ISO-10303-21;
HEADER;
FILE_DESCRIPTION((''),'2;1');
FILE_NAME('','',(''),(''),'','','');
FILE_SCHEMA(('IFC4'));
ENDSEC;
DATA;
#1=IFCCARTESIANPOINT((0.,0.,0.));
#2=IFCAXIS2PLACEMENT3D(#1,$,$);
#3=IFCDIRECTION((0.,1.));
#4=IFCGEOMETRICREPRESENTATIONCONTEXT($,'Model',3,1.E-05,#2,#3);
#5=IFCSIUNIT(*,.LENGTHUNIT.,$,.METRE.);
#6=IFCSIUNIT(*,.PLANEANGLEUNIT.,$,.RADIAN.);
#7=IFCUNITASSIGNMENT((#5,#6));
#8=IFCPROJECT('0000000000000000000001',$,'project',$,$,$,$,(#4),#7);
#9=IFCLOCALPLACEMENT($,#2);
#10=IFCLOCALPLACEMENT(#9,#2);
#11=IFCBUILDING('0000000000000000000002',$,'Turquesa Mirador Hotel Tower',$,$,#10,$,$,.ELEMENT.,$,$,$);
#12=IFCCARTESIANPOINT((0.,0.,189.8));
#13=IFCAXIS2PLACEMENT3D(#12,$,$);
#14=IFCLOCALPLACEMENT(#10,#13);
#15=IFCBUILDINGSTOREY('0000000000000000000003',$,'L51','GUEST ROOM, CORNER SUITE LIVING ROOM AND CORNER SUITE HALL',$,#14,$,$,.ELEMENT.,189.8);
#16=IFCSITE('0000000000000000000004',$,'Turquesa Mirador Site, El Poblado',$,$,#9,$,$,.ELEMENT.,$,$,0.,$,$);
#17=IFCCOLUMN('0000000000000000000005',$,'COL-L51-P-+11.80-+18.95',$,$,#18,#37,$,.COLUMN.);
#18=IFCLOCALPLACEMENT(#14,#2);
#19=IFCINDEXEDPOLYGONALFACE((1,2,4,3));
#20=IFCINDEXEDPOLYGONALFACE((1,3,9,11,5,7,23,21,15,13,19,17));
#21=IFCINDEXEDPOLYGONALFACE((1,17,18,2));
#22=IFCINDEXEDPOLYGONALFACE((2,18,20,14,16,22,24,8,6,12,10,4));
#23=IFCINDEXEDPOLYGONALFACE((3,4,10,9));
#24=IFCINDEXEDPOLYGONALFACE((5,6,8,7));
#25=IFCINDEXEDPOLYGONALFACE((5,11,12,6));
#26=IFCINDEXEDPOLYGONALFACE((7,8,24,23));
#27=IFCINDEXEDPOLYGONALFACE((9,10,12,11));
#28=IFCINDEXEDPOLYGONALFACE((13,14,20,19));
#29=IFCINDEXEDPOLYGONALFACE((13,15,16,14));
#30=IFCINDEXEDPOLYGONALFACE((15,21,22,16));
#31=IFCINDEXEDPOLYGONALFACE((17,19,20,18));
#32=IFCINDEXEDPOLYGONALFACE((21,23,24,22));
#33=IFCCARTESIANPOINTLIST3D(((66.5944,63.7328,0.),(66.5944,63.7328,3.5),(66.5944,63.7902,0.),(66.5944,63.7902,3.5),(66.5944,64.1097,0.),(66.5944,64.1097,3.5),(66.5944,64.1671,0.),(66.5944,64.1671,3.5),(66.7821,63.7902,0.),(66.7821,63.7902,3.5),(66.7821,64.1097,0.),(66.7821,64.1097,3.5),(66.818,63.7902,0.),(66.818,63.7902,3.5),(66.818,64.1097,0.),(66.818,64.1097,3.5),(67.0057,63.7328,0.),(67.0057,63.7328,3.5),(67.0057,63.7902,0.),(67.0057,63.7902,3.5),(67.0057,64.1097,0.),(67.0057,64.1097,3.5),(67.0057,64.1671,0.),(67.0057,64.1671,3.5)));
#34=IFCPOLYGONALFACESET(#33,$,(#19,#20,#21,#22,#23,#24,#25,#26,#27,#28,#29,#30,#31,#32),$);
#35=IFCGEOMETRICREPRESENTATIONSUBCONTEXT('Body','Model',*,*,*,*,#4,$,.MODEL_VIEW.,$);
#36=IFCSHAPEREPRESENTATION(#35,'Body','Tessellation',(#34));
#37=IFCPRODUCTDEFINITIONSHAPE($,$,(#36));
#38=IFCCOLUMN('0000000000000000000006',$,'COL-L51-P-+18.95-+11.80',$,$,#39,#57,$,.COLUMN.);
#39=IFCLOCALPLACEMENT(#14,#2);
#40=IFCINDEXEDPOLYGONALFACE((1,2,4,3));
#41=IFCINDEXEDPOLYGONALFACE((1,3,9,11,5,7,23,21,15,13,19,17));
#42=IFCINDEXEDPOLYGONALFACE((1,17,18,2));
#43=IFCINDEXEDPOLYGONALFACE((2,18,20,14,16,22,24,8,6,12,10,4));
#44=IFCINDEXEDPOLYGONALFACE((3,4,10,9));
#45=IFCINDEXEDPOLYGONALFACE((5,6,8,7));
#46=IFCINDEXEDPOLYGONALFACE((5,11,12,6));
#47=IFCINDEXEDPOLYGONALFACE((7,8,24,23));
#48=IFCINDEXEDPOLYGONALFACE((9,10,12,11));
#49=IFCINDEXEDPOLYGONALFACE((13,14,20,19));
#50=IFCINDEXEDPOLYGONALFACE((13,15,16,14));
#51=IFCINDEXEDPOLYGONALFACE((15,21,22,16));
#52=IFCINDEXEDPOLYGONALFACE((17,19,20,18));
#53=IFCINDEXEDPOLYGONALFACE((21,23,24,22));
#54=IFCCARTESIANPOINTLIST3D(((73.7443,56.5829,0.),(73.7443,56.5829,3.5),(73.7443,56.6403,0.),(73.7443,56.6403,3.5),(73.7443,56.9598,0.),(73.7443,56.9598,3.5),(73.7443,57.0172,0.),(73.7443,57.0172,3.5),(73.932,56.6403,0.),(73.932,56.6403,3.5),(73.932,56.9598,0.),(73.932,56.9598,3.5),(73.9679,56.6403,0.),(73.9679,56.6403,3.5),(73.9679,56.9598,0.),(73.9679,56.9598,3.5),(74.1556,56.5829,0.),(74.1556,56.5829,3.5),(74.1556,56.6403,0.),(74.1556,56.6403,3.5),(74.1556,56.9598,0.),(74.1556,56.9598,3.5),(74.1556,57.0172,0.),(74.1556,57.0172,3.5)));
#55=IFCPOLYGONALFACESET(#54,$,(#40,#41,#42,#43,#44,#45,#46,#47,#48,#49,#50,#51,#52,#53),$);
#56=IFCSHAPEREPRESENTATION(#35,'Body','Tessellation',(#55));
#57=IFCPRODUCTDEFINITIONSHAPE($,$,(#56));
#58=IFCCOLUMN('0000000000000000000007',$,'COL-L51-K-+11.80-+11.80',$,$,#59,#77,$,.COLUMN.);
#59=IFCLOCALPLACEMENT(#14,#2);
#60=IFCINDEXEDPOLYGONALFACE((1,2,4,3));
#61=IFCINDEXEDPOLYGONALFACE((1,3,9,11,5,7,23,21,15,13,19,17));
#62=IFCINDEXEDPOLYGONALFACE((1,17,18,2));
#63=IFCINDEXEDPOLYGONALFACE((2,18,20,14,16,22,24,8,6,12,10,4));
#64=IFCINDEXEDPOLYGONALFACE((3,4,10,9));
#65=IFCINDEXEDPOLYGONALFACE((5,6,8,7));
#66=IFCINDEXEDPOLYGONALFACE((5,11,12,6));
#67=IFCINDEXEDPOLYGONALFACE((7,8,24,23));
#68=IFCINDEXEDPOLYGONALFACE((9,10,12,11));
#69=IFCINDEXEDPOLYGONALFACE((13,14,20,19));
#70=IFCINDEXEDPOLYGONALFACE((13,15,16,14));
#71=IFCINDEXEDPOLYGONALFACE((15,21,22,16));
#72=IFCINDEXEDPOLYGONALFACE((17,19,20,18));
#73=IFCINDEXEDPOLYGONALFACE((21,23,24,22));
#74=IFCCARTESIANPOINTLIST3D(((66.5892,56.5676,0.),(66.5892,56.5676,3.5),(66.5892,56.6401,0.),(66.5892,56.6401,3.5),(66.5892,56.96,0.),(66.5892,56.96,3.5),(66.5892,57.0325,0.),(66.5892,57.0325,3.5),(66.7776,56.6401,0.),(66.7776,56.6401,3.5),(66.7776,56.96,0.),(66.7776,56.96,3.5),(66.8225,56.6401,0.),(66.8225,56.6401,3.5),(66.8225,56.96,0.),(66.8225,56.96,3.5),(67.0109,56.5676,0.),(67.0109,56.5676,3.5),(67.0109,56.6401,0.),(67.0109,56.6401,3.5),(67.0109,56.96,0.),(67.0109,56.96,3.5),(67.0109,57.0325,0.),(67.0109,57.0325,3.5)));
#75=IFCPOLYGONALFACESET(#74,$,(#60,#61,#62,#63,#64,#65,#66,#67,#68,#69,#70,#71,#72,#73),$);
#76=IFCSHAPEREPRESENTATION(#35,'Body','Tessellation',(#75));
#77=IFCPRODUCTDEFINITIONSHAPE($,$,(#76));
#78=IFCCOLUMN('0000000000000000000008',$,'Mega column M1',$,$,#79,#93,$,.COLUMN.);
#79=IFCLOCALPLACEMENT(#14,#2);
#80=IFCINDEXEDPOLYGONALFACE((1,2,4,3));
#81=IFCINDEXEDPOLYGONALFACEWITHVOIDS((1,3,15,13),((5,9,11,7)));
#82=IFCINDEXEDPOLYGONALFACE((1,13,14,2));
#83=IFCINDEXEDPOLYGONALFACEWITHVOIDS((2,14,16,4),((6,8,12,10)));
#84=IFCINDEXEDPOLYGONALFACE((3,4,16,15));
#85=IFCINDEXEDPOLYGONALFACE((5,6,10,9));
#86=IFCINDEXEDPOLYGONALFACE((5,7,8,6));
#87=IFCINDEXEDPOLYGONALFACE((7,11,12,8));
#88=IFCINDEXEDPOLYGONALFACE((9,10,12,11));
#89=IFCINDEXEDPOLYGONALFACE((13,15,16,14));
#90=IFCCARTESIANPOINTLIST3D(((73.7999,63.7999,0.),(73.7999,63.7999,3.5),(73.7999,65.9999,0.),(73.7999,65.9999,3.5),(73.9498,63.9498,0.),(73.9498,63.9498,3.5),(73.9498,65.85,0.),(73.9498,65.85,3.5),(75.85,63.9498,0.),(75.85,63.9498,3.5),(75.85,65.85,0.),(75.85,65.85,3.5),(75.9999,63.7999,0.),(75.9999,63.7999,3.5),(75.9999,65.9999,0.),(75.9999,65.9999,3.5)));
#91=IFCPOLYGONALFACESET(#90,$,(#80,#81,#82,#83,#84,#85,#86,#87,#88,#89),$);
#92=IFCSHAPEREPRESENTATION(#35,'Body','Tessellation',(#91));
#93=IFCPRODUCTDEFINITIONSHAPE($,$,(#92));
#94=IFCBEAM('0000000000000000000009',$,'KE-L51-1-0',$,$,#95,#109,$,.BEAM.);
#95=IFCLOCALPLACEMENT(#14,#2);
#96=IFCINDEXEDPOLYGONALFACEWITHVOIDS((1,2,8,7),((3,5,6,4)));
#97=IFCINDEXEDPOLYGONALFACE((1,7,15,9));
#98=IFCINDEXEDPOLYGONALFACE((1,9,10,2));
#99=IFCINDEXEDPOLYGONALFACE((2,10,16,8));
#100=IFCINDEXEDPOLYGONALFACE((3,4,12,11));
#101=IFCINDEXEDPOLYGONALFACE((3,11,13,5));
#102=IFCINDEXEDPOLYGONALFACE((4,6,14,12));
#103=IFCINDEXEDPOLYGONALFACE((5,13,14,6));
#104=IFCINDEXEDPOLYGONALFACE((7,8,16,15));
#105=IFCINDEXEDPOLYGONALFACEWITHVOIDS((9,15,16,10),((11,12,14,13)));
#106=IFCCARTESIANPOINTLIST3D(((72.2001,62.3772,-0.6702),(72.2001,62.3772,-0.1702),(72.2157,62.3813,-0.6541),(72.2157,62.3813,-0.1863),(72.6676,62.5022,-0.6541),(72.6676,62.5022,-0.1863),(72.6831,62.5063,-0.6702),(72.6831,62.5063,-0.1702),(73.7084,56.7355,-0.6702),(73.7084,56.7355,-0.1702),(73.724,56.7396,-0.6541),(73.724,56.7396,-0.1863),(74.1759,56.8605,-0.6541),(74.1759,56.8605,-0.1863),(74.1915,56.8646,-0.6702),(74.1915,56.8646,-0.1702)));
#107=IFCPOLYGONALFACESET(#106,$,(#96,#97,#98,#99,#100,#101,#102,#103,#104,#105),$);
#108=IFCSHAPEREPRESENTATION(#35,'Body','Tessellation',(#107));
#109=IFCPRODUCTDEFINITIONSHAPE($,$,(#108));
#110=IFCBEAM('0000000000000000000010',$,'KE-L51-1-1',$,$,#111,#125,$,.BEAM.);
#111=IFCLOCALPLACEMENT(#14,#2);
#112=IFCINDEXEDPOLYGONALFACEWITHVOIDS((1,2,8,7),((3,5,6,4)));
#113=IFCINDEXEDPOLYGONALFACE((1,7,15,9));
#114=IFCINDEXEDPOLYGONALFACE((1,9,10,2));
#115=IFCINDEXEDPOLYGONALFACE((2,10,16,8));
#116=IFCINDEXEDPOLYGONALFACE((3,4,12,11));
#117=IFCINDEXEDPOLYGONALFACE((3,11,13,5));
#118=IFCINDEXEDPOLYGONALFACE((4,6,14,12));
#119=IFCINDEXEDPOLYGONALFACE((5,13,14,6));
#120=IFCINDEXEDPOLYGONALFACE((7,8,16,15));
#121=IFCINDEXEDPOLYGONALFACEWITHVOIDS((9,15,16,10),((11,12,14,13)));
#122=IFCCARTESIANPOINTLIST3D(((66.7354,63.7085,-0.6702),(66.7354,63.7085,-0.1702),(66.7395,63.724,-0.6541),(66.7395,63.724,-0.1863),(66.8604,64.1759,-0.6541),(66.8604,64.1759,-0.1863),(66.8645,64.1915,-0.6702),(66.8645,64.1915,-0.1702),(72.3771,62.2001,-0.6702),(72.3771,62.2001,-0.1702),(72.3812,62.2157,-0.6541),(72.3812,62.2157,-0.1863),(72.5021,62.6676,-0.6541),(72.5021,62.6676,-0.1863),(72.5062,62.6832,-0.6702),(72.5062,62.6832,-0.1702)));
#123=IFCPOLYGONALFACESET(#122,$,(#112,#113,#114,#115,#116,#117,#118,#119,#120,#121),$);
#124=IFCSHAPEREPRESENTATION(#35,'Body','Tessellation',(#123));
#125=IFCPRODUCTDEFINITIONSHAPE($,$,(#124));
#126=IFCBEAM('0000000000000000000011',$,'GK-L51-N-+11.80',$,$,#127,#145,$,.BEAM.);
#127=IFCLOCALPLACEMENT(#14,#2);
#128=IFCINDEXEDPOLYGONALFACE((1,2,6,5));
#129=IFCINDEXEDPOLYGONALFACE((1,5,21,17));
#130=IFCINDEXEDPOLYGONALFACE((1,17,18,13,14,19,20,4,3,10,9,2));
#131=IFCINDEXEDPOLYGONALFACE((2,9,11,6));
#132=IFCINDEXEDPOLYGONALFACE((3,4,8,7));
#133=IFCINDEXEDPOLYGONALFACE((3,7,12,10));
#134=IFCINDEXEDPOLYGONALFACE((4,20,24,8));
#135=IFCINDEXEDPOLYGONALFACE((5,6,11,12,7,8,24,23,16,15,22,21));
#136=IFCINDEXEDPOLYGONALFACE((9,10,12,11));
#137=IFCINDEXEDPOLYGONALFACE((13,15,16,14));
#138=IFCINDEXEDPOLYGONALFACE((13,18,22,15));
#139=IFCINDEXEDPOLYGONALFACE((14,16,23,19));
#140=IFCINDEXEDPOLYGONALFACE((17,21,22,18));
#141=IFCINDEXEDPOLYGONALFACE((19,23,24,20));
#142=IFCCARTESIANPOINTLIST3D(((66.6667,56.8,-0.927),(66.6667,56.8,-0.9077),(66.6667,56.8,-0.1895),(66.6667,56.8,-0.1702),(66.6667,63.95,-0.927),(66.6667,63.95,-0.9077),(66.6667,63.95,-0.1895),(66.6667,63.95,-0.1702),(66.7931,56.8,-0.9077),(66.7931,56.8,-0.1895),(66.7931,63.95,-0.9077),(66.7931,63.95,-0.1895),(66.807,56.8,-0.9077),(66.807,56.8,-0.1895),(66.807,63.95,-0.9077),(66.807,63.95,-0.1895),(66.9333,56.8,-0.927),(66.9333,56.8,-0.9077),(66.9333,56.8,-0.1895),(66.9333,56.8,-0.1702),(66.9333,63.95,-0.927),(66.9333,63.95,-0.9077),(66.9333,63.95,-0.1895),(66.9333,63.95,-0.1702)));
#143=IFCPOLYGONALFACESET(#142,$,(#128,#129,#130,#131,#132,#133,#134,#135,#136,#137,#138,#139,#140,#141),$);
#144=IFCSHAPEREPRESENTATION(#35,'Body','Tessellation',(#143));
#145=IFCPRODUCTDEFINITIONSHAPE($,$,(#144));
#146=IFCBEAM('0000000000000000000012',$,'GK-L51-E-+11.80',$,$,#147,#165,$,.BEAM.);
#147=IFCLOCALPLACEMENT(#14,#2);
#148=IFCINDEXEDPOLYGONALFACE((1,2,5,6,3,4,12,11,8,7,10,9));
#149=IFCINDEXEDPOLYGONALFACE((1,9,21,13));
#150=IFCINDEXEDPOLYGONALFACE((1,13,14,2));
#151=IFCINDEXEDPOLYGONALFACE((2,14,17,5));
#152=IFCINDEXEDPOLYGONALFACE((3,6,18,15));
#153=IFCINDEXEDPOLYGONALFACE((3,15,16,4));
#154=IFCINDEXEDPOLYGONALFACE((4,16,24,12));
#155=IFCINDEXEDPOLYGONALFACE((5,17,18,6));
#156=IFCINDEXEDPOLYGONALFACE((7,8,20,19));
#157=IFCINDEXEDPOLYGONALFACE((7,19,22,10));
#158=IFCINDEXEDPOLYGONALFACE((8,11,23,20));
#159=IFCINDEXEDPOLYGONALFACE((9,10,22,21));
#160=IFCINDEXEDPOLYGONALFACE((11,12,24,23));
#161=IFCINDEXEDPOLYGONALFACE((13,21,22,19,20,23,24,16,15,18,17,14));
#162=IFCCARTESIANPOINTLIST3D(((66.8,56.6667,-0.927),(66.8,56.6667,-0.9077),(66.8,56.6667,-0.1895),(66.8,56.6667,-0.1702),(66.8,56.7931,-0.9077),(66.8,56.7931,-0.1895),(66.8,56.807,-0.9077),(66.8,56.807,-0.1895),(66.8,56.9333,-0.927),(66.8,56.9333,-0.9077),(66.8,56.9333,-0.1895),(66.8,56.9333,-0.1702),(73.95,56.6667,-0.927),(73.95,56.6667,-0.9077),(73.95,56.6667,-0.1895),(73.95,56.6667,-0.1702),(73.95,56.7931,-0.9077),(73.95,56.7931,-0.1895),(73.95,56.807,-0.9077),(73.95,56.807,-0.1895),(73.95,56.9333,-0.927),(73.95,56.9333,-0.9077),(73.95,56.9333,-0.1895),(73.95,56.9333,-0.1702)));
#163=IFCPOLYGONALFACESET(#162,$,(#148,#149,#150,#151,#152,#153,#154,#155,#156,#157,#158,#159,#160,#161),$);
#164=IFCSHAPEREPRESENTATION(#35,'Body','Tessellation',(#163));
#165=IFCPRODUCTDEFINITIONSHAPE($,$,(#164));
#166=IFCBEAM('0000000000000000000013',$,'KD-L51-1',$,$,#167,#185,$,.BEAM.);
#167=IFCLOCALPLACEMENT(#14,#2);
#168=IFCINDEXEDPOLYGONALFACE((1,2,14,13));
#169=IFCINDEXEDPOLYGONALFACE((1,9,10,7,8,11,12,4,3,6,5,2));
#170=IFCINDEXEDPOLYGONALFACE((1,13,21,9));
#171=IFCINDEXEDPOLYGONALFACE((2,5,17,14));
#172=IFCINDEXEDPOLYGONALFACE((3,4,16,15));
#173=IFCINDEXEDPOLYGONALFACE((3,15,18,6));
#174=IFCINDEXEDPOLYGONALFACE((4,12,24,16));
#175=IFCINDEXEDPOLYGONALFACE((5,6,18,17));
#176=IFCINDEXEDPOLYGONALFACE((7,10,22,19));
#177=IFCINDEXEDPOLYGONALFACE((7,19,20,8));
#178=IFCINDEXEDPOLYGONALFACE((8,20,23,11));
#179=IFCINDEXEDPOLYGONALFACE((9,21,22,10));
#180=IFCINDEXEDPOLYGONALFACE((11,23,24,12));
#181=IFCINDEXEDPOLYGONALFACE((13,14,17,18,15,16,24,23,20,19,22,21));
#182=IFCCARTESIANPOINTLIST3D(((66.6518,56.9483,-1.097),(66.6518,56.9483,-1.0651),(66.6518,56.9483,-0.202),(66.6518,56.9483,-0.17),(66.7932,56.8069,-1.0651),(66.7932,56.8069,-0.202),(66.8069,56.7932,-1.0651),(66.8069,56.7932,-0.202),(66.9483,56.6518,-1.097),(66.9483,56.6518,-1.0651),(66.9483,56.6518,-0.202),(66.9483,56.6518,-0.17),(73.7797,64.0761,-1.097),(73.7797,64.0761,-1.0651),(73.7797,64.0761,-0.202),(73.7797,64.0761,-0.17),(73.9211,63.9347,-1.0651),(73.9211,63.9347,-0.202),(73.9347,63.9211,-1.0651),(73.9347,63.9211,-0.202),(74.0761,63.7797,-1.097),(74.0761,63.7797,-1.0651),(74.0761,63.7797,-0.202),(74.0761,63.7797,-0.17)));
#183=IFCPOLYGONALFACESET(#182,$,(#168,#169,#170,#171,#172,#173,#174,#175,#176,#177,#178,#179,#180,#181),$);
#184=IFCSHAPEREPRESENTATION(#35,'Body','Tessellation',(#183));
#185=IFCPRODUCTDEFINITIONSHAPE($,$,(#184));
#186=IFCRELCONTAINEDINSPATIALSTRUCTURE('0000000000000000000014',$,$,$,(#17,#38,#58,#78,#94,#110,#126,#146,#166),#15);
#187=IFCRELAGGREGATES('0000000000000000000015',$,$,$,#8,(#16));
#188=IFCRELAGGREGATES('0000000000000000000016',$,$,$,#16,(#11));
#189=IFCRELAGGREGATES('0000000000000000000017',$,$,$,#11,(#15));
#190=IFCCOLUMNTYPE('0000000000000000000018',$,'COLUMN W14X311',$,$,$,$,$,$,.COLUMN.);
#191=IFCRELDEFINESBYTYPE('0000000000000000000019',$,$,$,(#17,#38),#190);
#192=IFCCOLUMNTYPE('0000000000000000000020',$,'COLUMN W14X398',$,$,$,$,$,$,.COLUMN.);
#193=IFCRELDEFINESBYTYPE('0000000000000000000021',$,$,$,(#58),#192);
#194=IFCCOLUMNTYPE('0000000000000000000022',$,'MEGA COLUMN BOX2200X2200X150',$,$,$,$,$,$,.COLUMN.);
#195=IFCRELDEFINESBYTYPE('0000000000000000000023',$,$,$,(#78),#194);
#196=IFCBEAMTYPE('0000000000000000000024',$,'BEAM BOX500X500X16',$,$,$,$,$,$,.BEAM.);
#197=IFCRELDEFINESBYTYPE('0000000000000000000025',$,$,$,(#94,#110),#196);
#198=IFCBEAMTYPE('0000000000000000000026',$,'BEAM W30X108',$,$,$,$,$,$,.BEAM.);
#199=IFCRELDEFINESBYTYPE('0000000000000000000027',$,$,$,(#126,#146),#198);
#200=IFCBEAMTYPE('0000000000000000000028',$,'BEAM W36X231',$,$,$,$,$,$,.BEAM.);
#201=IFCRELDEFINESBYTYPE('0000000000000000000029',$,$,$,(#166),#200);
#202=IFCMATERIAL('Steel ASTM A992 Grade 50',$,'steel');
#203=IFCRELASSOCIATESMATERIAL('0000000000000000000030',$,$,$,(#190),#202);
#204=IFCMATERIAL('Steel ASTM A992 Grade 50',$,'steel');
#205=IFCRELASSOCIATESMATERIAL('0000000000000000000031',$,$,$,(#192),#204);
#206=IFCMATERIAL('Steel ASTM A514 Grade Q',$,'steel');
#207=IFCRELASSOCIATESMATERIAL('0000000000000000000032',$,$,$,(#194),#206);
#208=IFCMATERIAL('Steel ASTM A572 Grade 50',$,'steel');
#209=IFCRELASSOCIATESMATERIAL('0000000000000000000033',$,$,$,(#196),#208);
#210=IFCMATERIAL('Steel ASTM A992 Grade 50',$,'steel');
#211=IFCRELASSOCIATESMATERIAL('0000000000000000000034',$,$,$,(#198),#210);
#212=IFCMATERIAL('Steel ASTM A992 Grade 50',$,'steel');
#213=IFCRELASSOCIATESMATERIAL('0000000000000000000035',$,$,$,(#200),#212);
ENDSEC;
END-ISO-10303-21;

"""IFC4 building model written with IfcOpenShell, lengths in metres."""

from ifc_helpers import new_model, si_unit, direction, frame, origin, origin_2d, place, context, subcontext, project, spatial, hollow_rectangle, i_section, extrude, material, material_profile, profile_set, type_object, element, save


model = new_model("IFC4")

# Units and contexts
model_context = context("Model", 3, precision=1e-05, world=origin(), true_north=direction((0.0, 1.0)))
body_context = subcontext(model_context, "Body", "Model", "MODEL_VIEW")
ifc_project = project(units=[si_unit("LENGTHUNIT", "METRE"), si_unit("PLANEANGLEUNIT", "RADIAN")], contexts=[model_context])

# Site, building, storey
site_placement = place(None, origin())
site = spatial("IfcSite", under=ifc_project, at=site_placement, Name="Turquesa Mirador Site, El Poblado", CompositionType="ELEMENT", RefElevation=0.0)
building_placement = place(site_placement, origin())
building = spatial("IfcBuilding", under=site, at=building_placement, Name="Turquesa Mirador Hotel Tower", CompositionType="ELEMENT")
storey_placement = place(building_placement, frame((0.0, 0.0, 189.8)))
storey = spatial("IfcBuildingStorey", under=building, at=storey_placement, Name="L51", Description="GUEST ROOM, CORNER SUITE LIVING ROOM AND CORNER SUITE HALL", CompositionType="ELEMENT", Elevation=189.8)

# Columns
ifc_material_1 = material(Name="Steel ASTM A992 Grade 50", Category="steel")
ifc_material_profile_1 = material_profile(ifc_material_1, i_section(OverallWidth=0.4114, OverallDepth=0.4343, WebThickness=0.0359, FlangeThickness=0.0574, at=origin_2d()), Name="W14X311")
ifc_profile_set_1 = profile_set([ifc_material_profile_1], Name="Steel ASTM A992 Grade 50")
column_type_1 = type_object("IfcColumnType", Name="COLUMN W14X311", PredefinedType="COLUMN", material=ifc_profile_set_1)
for number, where, z_axis, x_axis, name in (
    (1, (66.8, 63.95, 0.0), (0.0, 0.0, 1.0), (1.0, 0.0, 0.0), "COL-L51-P-+11.80-+18.95"),
    (2, (73.95, 56.8, 0.0), (0.0, 0.0, 1.0), (1.0, 0.0, 0.0), "COL-L51-P-+18.95-+11.80"),
):
    element("IfcColumn", number, at=place(storey_placement, frame(where, z_axis=z_axis, x_axis=x_axis)), inside=storey, type_object=column_type_1, Name=name, PredefinedType="COLUMN", context=body_context, shape_type="SweptSolid", body=[
        extrude(i_section(OverallWidth=0.4114, OverallDepth=0.4343, WebThickness=0.0359, FlangeThickness=0.0574, at=origin_2d()), origin(), (0.0, 0.0, 1.0), 3.5),
    ])
ifc_material_2 = material(Name="Steel ASTM A992 Grade 50", Category="steel")
ifc_material_profile_2 = material_profile(ifc_material_2, i_section(OverallWidth=0.4216, OverallDepth=0.4648, WebThickness=0.0449, FlangeThickness=0.0725, at=origin_2d()), Name="W14X398")
ifc_profile_set_2 = profile_set([ifc_material_profile_2], Name="Steel ASTM A992 Grade 50")
column_type_2 = type_object("IfcColumnType", Name="COLUMN W14X398", PredefinedType="COLUMN", material=ifc_profile_set_2)
column_1_placement = place(storey_placement, frame((66.8, 56.8, 0.0), z_axis=(0.0, 0.0, 1.0), x_axis=(1.0, 0.0, 0.0)))
element("IfcColumn", 3, at=column_1_placement, inside=storey, type_object=column_type_2, Name="COL-L51-K-+11.80-+11.80", PredefinedType="COLUMN", context=body_context, shape_type="SweptSolid", body=[
    extrude(i_section(OverallWidth=0.4216, OverallDepth=0.4648, WebThickness=0.0449, FlangeThickness=0.0725, at=origin_2d()), origin(), (0.0, 0.0, 1.0), 3.5),
])
ifc_material_3 = material(Name="Steel ASTM A514 Grade Q", Category="steel")
ifc_material_profile_3 = material_profile(ifc_material_3, hollow_rectangle(XDim=2.2, YDim=2.2, WallThickness=0.1499, at=origin_2d()), Name="BOX2200X2200X150")
ifc_profile_set_3 = profile_set([ifc_material_profile_3], Name="Steel ASTM A514 Grade Q")
column_type_3 = type_object("IfcColumnType", Name="MEGA COLUMN BOX2200X2200X150", PredefinedType="COLUMN", material=ifc_profile_set_3)
column_2_placement = place(storey_placement, frame((74.8999, 64.8999, 0.0), z_axis=(0.0, 0.0, 1.0), x_axis=(1.0, 0.0, 0.0)))
element("IfcColumn", 4, at=column_2_placement, inside=storey, type_object=column_type_3, Name="Mega column M1", PredefinedType="COLUMN", context=body_context, shape_type="SweptSolid", body=[
    extrude(hollow_rectangle(XDim=2.2, YDim=2.2, WallThickness=0.1499, at=origin_2d()), origin(), (0.0, 0.0, 1.0), 3.5),
])

# Beams
ifc_material_4 = material(Name="Steel ASTM A572 Grade 50", Category="steel")
ifc_material_profile_4 = material_profile(ifc_material_4, hollow_rectangle(XDim=0.5, YDim=0.5, WallThickness=0.0161, at=origin_2d()), Name="BOX500X500X16")
ifc_profile_set_4 = profile_set([ifc_material_profile_4], Name="Steel ASTM A572 Grade 50")
beam_type_1 = type_object("IfcBeamType", Name="BEAM BOX500X500X16", PredefinedType="BEAM", material=ifc_profile_set_4)
for number, where, z_axis, x_axis, name in (
    (5, (73.95, 56.8, -0.4202), (-0.258282, 0.96607, 0.0), (-0.96607, -0.258282, 0.0), "KE-L51-1-0"),
    (6, (72.4417, 62.4417, -0.4202), (-0.96607, 0.258282, 0.0), (-0.258282, -0.96607, 0.0), "KE-L51-1-1"),
):
    element("IfcBeam", number, at=place(storey_placement, frame(where, z_axis=z_axis, x_axis=x_axis)), inside=storey, type_object=beam_type_1, Name=name, PredefinedType="BEAM", context=body_context, shape_type="SweptSolid", body=[
        extrude(hollow_rectangle(XDim=0.5, YDim=0.5, WallThickness=0.0161, at=origin_2d()), origin(), (0.0, 0.0, 1.0), 5.8398),
    ])
ifc_material_5 = material(Name="Steel ASTM A992 Grade 50", Category="steel")
ifc_material_profile_5 = material_profile(ifc_material_5, i_section(OverallWidth=0.2666, OverallDepth=0.7568, WebThickness=0.0139, FlangeThickness=0.0193, at=origin_2d()), Name="W30X108")
ifc_profile_set_5 = profile_set([ifc_material_profile_5], Name="Steel ASTM A992 Grade 50")
beam_type_2 = type_object("IfcBeamType", Name="BEAM W30X108", PredefinedType="BEAM", material=ifc_profile_set_5)
for number, where, z_axis, x_axis, name in (
    (7, (66.8, 63.95, -0.5486), (0.0, -1.0, 0.0), (1.0, 0.0, 0.0), "GK-L51-N-+11.80"),
    (8, (73.95, 56.8, -0.5486), (-1.0, 0.0, 0.0), (0.0, -1.0, 0.0), "GK-L51-E-+11.80"),
):
    element("IfcBeam", number, at=place(storey_placement, frame(where, z_axis=z_axis, x_axis=x_axis)), inside=storey, type_object=beam_type_2, Name=name, PredefinedType="BEAM", context=body_context, shape_type="SweptSolid", body=[
        extrude(i_section(OverallWidth=0.2666, OverallDepth=0.7568, WebThickness=0.0139, FlangeThickness=0.0193, at=origin_2d()), origin(), (0.0, 0.0, 1.0), 7.1499),
    ])
ifc_material_6 = material(Name="Steel ASTM A992 Grade 50", Category="steel")
ifc_material_profile_6 = material_profile(ifc_material_6, i_section(OverallWidth=0.4192, OverallDepth=0.927, WebThickness=0.0193, FlangeThickness=0.032, at=origin_2d()), Name="W36X231")
ifc_profile_set_6 = profile_set([ifc_material_profile_6], Name="Steel ASTM A992 Grade 50")
beam_type_3 = type_object("IfcBeamType", Name="BEAM W36X231", PredefinedType="BEAM", material=ifc_profile_set_6)
beam_placement = place(storey_placement, frame((66.8, 56.8, -0.6335), z_axis=(0.707107, 0.707107, 0.0), x_axis=(-0.707107, 0.707107, 0.0)))
element("IfcBeam", 9, at=beam_placement, inside=storey, type_object=beam_type_3, Name="KD-L51-1", PredefinedType="BEAM", context=body_context, shape_type="SweptSolid", body=[
    extrude(i_section(OverallWidth=0.4192, OverallDepth=0.927, WebThickness=0.0193, FlangeThickness=0.032, at=origin_2d()), origin(), (0.0, 0.0, 1.0), 10.0803),
])

save(model, "model.ifc")
